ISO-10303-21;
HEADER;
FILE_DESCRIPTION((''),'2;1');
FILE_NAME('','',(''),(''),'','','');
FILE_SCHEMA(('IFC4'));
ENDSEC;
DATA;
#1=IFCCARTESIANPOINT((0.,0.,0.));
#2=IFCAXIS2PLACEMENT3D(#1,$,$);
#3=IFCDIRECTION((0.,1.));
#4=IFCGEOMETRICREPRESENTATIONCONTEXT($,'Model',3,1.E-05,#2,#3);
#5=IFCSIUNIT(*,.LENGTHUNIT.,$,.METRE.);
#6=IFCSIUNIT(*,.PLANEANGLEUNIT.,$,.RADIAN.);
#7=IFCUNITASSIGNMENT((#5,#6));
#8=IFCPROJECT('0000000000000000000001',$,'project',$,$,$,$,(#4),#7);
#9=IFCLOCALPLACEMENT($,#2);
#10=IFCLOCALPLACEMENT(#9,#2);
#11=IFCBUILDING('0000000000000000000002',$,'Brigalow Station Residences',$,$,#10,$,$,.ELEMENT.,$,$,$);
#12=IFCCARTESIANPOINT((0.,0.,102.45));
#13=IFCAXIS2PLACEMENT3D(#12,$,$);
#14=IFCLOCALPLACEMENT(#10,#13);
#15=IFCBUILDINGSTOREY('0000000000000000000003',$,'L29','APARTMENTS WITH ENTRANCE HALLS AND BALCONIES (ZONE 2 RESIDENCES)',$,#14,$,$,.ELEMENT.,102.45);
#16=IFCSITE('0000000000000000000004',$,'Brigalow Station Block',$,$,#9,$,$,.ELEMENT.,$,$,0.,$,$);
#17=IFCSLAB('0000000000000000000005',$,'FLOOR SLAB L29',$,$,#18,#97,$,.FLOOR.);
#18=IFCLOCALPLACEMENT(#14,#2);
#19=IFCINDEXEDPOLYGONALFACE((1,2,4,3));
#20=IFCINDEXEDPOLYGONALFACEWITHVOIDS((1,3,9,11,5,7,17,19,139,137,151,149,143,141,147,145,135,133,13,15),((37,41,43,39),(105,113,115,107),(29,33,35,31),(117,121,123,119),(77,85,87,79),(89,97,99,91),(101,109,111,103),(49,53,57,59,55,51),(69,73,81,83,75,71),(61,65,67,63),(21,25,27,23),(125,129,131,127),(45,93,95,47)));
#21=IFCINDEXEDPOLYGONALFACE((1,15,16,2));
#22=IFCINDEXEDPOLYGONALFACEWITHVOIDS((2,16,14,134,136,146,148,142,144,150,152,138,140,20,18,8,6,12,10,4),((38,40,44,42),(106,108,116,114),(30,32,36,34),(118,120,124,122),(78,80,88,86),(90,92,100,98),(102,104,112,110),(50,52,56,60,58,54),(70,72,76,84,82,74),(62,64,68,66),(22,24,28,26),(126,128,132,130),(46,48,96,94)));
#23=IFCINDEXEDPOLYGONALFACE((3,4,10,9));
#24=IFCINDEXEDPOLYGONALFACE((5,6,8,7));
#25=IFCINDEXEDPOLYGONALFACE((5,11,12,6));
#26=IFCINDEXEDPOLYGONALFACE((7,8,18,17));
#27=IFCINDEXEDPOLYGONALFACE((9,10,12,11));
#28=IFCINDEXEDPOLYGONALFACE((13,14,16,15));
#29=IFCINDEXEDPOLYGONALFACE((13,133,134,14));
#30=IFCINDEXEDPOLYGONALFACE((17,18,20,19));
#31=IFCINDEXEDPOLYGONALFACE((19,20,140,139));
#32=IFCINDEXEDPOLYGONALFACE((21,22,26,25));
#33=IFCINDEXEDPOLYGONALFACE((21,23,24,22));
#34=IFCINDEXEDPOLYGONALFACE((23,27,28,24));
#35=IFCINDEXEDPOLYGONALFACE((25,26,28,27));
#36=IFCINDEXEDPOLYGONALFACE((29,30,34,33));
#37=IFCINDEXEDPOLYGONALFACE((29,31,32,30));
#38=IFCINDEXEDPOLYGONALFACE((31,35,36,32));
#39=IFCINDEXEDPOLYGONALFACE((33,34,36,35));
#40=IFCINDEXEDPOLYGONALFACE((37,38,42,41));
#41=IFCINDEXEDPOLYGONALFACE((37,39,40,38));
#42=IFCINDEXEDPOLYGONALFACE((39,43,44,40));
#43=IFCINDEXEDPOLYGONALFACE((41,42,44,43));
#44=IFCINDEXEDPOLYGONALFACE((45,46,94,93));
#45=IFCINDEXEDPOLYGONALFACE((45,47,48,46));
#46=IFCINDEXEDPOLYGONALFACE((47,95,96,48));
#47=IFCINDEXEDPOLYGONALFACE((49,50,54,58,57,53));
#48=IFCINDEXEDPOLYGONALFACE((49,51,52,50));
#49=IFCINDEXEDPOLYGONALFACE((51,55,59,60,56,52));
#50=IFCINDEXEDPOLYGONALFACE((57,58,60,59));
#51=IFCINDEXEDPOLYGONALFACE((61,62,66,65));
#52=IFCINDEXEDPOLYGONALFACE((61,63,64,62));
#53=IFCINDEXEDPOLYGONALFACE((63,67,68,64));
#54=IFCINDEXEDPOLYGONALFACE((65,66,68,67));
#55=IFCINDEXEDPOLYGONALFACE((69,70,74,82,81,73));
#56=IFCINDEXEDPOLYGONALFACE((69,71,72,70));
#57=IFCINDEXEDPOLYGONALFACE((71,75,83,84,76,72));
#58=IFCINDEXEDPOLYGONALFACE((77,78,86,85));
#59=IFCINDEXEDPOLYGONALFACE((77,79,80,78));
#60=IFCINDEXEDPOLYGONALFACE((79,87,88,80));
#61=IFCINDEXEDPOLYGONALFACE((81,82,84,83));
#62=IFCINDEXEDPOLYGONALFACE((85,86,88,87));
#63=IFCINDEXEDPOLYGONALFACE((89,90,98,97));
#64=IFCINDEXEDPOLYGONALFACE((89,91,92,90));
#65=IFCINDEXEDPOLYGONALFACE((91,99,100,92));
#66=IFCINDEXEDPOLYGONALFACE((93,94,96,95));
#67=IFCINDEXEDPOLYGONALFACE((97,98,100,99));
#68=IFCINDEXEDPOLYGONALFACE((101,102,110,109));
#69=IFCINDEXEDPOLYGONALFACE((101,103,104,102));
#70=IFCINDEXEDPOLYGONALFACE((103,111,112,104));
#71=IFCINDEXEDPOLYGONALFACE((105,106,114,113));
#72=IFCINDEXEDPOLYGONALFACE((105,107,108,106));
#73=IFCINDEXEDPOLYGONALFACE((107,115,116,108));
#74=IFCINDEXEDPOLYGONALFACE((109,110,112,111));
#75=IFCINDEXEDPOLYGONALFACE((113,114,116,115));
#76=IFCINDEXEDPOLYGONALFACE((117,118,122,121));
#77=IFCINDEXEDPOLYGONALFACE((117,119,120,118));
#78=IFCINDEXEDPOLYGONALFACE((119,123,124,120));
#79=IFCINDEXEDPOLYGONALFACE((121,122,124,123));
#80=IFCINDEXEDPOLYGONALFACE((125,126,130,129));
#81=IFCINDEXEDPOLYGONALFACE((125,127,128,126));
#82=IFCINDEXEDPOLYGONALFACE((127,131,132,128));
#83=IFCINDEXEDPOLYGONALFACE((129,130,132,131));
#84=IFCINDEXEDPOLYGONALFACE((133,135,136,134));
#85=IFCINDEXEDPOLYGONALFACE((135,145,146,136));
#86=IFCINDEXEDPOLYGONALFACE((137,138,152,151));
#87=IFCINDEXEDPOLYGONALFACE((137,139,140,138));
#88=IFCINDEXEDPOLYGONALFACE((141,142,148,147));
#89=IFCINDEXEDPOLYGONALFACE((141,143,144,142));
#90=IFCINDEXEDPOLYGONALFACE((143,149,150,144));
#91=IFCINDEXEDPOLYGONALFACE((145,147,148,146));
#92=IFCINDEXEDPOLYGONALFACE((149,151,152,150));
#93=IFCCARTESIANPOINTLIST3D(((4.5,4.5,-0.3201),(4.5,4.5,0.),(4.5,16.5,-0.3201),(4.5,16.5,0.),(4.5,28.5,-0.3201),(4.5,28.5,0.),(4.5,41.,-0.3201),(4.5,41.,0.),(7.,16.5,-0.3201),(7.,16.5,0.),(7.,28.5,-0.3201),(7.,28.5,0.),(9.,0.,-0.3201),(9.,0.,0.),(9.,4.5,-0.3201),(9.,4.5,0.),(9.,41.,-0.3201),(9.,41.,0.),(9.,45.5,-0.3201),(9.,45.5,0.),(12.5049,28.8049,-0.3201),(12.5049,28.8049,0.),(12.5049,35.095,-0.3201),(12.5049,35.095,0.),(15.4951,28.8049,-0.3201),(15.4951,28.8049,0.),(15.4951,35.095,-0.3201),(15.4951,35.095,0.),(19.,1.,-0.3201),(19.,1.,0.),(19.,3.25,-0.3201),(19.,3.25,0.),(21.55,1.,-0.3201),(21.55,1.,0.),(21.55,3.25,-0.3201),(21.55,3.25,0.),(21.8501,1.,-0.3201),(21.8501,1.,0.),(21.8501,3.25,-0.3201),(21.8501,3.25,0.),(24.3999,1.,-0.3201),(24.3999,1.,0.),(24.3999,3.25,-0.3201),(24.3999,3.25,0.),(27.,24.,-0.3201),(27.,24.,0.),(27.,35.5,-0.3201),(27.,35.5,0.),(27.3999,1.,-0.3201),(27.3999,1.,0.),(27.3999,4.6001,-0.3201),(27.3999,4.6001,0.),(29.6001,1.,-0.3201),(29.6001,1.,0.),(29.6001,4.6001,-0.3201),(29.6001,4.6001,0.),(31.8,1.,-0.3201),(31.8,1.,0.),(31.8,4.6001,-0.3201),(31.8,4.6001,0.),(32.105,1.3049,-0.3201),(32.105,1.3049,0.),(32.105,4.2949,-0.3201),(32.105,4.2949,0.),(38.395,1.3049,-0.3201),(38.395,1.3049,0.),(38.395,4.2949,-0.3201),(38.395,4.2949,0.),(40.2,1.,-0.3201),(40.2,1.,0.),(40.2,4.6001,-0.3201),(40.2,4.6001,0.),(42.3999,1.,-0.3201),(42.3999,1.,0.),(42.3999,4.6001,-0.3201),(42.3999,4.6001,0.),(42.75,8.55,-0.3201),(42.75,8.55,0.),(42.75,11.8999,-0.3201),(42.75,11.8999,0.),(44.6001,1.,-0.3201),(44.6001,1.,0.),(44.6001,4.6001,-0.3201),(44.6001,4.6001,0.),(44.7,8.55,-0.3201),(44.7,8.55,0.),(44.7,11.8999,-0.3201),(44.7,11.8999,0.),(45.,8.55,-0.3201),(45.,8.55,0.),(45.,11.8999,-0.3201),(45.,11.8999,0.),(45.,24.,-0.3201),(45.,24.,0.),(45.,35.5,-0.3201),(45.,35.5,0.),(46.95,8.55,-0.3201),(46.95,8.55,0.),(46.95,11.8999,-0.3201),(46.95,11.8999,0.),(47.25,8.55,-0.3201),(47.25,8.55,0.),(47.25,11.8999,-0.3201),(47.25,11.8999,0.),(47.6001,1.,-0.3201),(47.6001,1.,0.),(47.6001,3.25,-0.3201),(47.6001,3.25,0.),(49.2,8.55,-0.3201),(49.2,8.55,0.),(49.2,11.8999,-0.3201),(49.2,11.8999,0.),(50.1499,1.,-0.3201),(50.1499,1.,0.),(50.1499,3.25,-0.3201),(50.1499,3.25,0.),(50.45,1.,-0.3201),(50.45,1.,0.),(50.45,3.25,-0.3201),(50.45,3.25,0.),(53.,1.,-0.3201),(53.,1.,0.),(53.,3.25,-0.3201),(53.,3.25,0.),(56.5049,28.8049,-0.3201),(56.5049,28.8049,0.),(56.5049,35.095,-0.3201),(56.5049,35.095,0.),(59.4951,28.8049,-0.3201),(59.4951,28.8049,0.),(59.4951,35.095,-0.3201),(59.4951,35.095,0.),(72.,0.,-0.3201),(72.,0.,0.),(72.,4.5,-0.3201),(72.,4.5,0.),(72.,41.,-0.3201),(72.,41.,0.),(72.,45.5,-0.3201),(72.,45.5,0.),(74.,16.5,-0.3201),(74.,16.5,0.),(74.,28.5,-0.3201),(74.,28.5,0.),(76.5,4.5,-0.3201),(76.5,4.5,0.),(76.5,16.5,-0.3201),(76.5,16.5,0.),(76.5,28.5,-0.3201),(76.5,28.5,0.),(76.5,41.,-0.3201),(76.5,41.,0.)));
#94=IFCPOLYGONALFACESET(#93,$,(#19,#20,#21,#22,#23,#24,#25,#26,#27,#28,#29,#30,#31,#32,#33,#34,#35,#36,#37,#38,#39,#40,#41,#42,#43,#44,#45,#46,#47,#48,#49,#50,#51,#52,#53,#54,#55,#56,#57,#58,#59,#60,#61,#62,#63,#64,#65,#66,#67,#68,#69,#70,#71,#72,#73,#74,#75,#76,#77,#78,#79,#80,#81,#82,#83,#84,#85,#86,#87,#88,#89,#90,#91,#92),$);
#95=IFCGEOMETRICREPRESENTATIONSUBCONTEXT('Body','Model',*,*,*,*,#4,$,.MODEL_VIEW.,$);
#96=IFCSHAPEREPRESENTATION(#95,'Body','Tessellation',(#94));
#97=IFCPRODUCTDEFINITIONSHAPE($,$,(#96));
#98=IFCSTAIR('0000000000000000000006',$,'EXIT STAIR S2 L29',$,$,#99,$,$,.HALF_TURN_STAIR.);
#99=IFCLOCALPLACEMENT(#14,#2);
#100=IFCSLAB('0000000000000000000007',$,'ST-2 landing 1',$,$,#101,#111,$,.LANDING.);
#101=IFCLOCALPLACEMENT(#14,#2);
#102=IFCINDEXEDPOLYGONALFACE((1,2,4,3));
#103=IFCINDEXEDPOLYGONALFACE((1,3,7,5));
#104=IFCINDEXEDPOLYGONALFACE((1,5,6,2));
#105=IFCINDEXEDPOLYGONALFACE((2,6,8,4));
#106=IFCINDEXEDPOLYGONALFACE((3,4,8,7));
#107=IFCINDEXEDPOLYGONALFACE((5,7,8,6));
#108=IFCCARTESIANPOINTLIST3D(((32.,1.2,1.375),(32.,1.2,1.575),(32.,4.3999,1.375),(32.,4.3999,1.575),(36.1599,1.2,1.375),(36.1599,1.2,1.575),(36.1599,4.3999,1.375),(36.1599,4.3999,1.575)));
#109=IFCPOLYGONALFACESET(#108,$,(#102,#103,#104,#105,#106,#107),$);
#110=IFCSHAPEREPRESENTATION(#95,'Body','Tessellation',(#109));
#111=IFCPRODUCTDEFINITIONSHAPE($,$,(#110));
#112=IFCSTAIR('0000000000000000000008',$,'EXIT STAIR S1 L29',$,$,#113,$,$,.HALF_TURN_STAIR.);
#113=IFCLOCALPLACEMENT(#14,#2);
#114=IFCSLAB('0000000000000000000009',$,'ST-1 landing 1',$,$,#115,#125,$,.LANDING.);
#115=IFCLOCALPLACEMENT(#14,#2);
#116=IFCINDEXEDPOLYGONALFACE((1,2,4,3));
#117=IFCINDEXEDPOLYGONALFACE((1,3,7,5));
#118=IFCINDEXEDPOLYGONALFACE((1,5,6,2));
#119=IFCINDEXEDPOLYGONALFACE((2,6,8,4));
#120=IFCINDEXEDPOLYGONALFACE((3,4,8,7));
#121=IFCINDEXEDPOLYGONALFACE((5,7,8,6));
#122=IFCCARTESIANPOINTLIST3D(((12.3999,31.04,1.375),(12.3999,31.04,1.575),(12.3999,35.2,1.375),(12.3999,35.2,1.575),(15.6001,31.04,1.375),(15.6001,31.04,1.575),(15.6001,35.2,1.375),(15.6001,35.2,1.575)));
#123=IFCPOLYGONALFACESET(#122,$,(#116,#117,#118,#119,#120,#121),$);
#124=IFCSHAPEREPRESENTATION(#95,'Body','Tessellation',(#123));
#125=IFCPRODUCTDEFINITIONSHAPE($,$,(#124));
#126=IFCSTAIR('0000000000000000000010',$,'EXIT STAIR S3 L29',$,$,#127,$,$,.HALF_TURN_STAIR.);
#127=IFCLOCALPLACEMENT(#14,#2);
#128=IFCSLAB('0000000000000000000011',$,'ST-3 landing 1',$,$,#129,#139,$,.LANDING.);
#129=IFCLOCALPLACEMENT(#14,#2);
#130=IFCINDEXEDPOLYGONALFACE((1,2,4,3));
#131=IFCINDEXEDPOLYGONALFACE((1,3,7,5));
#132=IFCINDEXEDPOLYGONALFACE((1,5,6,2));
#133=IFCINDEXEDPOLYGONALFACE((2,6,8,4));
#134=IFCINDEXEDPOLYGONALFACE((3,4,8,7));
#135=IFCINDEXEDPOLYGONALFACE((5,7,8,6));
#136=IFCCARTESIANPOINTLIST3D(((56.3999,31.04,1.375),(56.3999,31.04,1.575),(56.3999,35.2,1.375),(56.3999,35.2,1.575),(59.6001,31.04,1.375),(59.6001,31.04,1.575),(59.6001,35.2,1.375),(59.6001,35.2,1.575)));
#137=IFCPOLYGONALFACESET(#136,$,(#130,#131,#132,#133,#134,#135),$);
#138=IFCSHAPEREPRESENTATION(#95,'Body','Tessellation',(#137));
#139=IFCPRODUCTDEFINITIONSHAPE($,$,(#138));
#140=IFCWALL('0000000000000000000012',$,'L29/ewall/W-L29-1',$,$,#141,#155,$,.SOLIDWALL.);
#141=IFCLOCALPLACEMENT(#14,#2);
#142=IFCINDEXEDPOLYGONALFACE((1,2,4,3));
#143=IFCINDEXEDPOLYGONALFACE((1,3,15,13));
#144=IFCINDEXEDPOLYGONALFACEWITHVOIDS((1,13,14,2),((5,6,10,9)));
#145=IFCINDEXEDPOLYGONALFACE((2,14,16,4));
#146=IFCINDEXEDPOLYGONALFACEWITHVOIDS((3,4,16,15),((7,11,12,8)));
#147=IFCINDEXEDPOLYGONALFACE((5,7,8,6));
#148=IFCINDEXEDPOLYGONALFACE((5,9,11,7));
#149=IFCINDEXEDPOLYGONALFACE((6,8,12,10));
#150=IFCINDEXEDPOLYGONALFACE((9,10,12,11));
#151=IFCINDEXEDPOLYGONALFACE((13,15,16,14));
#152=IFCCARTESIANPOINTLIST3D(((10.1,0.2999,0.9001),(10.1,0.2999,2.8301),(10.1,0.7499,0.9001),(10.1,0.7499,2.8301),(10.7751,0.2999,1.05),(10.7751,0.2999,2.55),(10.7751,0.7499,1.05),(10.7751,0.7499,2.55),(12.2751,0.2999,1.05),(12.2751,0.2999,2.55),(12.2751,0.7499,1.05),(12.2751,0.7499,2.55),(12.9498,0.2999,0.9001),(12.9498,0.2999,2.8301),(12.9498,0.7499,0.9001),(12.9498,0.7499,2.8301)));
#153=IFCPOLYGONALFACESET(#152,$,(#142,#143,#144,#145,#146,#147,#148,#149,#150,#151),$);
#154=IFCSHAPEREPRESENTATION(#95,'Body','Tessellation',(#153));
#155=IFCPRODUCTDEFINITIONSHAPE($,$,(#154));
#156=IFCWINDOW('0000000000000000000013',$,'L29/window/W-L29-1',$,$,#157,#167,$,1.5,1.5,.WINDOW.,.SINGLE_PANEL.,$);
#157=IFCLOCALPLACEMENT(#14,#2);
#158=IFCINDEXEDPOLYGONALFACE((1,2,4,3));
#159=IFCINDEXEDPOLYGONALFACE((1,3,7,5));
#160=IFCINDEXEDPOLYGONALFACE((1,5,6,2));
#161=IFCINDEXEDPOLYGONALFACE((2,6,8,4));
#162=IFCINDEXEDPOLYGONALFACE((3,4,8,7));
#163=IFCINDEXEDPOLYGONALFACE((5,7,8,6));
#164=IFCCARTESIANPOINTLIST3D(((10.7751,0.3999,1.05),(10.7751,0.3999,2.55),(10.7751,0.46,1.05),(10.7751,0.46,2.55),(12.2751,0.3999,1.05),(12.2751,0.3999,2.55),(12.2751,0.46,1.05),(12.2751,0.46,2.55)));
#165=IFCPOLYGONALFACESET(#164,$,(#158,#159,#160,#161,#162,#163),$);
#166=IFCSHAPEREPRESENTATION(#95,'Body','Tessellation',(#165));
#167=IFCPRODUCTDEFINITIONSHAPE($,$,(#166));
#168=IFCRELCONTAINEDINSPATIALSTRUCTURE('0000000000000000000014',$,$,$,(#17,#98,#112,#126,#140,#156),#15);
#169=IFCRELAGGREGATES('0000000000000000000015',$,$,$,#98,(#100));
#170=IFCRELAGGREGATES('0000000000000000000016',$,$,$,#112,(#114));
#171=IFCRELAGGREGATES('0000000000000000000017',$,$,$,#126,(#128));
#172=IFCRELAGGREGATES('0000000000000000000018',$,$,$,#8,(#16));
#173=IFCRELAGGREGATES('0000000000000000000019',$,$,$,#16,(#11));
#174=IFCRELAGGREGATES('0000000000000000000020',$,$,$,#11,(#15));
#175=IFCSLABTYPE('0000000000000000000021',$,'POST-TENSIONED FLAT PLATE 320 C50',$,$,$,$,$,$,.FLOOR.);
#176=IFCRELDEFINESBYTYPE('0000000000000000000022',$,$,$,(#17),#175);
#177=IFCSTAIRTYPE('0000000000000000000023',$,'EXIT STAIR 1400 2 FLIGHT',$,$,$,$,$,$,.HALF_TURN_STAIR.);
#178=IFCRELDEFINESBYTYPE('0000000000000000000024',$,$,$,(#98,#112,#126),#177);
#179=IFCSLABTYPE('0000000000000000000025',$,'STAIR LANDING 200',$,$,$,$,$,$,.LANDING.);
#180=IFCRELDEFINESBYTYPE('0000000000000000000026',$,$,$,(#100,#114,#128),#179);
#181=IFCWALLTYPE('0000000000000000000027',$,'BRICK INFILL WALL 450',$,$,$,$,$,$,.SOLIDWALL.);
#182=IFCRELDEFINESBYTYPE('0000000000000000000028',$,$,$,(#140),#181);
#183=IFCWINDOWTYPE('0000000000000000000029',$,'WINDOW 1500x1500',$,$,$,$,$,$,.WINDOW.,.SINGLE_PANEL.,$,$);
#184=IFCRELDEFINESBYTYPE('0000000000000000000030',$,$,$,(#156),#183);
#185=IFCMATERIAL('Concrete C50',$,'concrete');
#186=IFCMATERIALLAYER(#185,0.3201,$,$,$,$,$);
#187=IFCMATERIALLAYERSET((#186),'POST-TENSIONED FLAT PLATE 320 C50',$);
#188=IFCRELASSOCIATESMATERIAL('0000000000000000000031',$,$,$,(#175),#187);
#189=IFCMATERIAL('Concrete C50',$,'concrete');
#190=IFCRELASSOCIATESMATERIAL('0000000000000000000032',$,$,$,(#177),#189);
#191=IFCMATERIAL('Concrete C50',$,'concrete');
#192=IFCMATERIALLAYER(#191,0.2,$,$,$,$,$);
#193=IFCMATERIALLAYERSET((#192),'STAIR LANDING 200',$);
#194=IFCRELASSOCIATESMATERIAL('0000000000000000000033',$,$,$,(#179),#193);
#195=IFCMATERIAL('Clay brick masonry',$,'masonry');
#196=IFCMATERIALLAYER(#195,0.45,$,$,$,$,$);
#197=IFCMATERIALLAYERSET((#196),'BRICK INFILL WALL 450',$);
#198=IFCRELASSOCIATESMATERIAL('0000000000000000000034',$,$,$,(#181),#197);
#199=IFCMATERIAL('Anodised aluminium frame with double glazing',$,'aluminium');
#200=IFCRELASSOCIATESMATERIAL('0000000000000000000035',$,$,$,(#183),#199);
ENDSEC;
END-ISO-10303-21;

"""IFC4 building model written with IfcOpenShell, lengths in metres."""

from ifc_helpers import new_model, si_unit, direction, frame, frame_2d, origin, place, context, subcontext, project, spatial, polyline, rectangle, outline, extrude, material, layer, layer_set, type_object, element, fill, aggregate, save


model = new_model("IFC4")

# Units and contexts
model_context = context("Model", 3, precision=1e-05, world=origin(), true_north=direction((0.0, 1.0)))
body_context = subcontext(model_context, "Body", "Model", "MODEL_VIEW")
ifc_project = project(units=[si_unit("LENGTHUNIT", "METRE"), si_unit("PLANEANGLEUNIT", "RADIAN")], contexts=[model_context])

# Site, building, storey
site_placement = place(None, origin())
site = spatial("IfcSite", under=ifc_project, at=site_placement, Name="Brigalow Station Block", CompositionType="ELEMENT", RefElevation=0.0)
building_placement = place(site_placement, origin())
building = spatial("IfcBuilding", under=site, at=building_placement, Name="Brigalow Station Residences", CompositionType="ELEMENT")
storey_placement = place(building_placement, frame((0.0, 0.0, 102.45)))
storey = spatial("IfcBuildingStorey", under=building, at=storey_placement, Name="L29", Description="APARTMENTS WITH ENTRANCE HALLS AND BALCONIES (ZONE 2 RESIDENCES)", CompositionType="ELEMENT", Elevation=102.45)

# Slab
ifc_material_1 = material(Name="Concrete C50", Category="concrete")
ifc_layer_1 = layer(ifc_material_1, 0.3201)
ifc_layer_set_1 = layer_set([ifc_layer_1], Name="POST-TENSIONED FLAT PLATE 320 C50")
slab_type_1 = type_object("IfcSlabType", Name="POST-TENSIONED FLAT PLATE 320 C50", PredefinedType="FLOOR", material=ifc_layer_set_1)
slab_1_placement = place(storey_placement, frame((0.0, 0.0, -0.3201)))
element("IfcSlab", 1, at=slab_1_placement, inside=storey, type_object=slab_type_1, Name="FLOOR SLAB L29", PredefinedType="FLOOR", context=body_context, shape_type="SweptSolid", body=[
    extrude(outline(polyline([(9.0, 0.0), (72.0, 0.0), (72.0, 4.5), (76.5, 4.5), (76.5, 16.5), (74.0, 16.5), (74.0, 28.5), (76.5, 28.5), (76.5, 41.0), (72.0, 41.0), (72.0, 45.5), (9.0, 45.5), (9.0, 41.0), (4.5, 41.0), (4.5, 28.5), (7.0, 28.5), (7.0, 16.5), (4.5, 16.5), (4.5, 4.5), (9.0, 4.5), (9.0, 0.0)]), holes=[polyline([(12.5049, 35.095), (15.4951, 35.095), (15.4951, 28.8049), (12.5049, 28.8049), (12.5049, 35.095)]), polyline([(19.0, 1.0), (19.0, 3.25), (21.55, 3.25), (21.55, 1.0), (19.0, 1.0)]), polyline([(21.8501, 3.25), (24.3999, 3.25), (24.3999, 1.0), (21.8501, 1.0), (21.8501, 3.25)]), polyline([(27.0, 35.5), (45.0, 35.5), (45.0, 24.0), (27.0, 24.0), (27.0, 35.5)]), polyline([(29.6001, 4.6001), (31.8, 4.6001), (31.8, 1.0), (29.6001, 1.0), (27.3999, 1.0), (27.3999, 4.6001), (29.6001, 4.6001)]), polyline([(32.105, 4.2949), (38.395, 4.2949), (38.395, 1.3049), (32.105, 1.3049), (32.105, 4.2949)]), polyline([(40.2, 4.6001), (42.3999, 4.6001), (44.6001, 4.6001), (44.6001, 1.0), (42.3999, 1.0), (40.2, 1.0), (40.2, 4.6001)]), polyline([(42.75, 11.8999), (44.7, 11.8999), (44.7, 8.55), (42.75, 8.55), (42.75, 11.8999)]), polyline([(45.0, 11.8999), (46.95, 11.8999), (46.95, 8.55), (45.0, 8.55), (45.0, 11.8999)]), polyline([(47.25, 11.8999), (49.2, 11.8999), (49.2, 8.55), (47.25, 8.55), (47.25, 11.8999)]), polyline([(47.6001, 3.25), (50.1499, 3.25), (50.1499, 1.0), (47.6001, 1.0), (47.6001, 3.25)]), polyline([(50.45, 3.25), (53.0, 3.25), (53.0, 1.0), (50.45, 1.0), (50.45, 3.25)]), polyline([(56.5049, 35.095), (59.4951, 35.095), (59.4951, 28.8049), (56.5049, 28.8049), (56.5049, 35.095)])]), origin(), (0.0, 0.0, 1.0), 0.3201),
])

# Stairs, slabs
ifc_material_2 = material(Name="Concrete C50", Category="concrete")
stair_type = type_object("IfcStairType", Name="EXIT STAIR 1400 2 FLIGHT", PredefinedType="HALF_TURN_STAIR", material=ifc_material_2)
stair_1_placement = place(storey_placement, origin())
stair_1 = element("IfcStair", 2, at=stair_1_placement, inside=storey, type_object=stair_type, Name="EXIT STAIR S2 L29", PredefinedType="HALF_TURN_STAIR")
ifc_material_3 = material(Name="Concrete C50", Category="concrete")
ifc_layer_2 = layer(ifc_material_3, 0.2)
ifc_layer_set_2 = layer_set([ifc_layer_2], Name="STAIR LANDING 200")
slab_type_2 = type_object("IfcSlabType", Name="STAIR LANDING 200", PredefinedType="LANDING", material=ifc_layer_set_2)
slab_2_placement = place(storey_placement, frame((0.0, 0.0, 1.375)))
slab_2 = element("IfcSlab", 3, at=slab_2_placement, type_object=slab_type_2, Name="ST-2 landing 1", PredefinedType="LANDING", context=body_context, shape_type="SweptSolid", body=[
    extrude(outline(polyline([(32.0, 1.2), (36.1599, 1.2), (36.1599, 4.3999), (32.0, 4.3999), (32.0, 1.2)])), origin(), (0.0, 0.0, 1.0), 0.2),
])
aggregate(stair_1, [slab_2])
stair_2_placement = place(storey_placement, origin())
stair_2 = element("IfcStair", 4, at=stair_2_placement, inside=storey, type_object=stair_type, Name="EXIT STAIR S1 L29", PredefinedType="HALF_TURN_STAIR")
slab_3_placement = place(storey_placement, frame((0.0, 0.0, 1.375)))
slab_3 = element("IfcSlab", 5, at=slab_3_placement, type_object=slab_type_2, Name="ST-1 landing 1", PredefinedType="LANDING", context=body_context, shape_type="SweptSolid", body=[
    extrude(outline(polyline([(12.3999, 31.04), (15.6001, 31.04), (15.6001, 35.2), (12.3999, 35.2), (12.3999, 31.04)])), origin(), (0.0, 0.0, 1.0), 0.2),
])
aggregate(stair_2, [slab_3])
stair_3_placement = place(storey_placement, origin())
stair_3 = element("IfcStair", 6, at=stair_3_placement, inside=storey, type_object=stair_type, Name="EXIT STAIR S3 L29", PredefinedType="HALF_TURN_STAIR")
slab_4_placement = place(storey_placement, frame((0.0, 0.0, 1.375)))
slab_4 = element("IfcSlab", 7, at=slab_4_placement, type_object=slab_type_2, Name="ST-3 landing 1", PredefinedType="LANDING", context=body_context, shape_type="SweptSolid", body=[
    extrude(outline(polyline([(56.3999, 31.04), (59.6001, 31.04), (59.6001, 35.2), (56.3999, 35.2), (56.3999, 31.04)])), origin(), (0.0, 0.0, 1.0), 0.2),
])
aggregate(stair_3, [slab_4])

# Wall, opening, window
ifc_material_4 = material(Name="Clay brick masonry", Category="masonry")
ifc_layer_3 = layer(ifc_material_4, 0.45)
ifc_layer_set_3 = layer_set([ifc_layer_3], Name="BRICK INFILL WALL 450")
wall_type_1 = type_object("IfcWallType", Name="BRICK INFILL WALL 450", PredefinedType="SOLIDWALL", material=ifc_layer_set_3)
wall_1_placement = place(storey_placement, frame((10.1001, 0.5249, 0.9001), z_axis=(0.0, 0.0, 1.0), x_axis=(1.0, 0.0, 0.0)))
wall_1 = element("IfcWall", 8, at=wall_1_placement, inside=storey, type_object=wall_type_1, Name="L29/ewall/W-L29-1", PredefinedType="SOLIDWALL", context=body_context, shape_type="SweptSolid", body=[
    extrude(rectangle(XDim=2.8499, YDim=0.45, at=frame_2d((1.4248, 0.0))), origin(), (0.0, 0.0, 1.0), 1.9299),
])
opening_1_placement = place(wall_1_placement, frame((0.675, 0.0, 0.1499)))
opening_1 = element("IfcOpeningElement", 9, at=opening_1_placement, cuts=wall_1, PredefinedType="OPENING", context=body_context, shape_type="SweptSolid", body=[
    extrude(rectangle(XDim=1.5, YDim=1.5, at=frame_2d((0.75, 0.75))), frame((0.0, 0.2349, 0.0), z_axis=(0.0, -1.0, 0.0), x_axis=(1.0, 0.0, 0.0)), (0.0, 0.0, 1.0), 0.47),
])
ifc_material_5 = material(Name="Anodised aluminium frame with double glazing", Category="aluminium")
window_type_1 = type_object("IfcWindowType", Name="WINDOW 1500x1500", PartitioningType="SINGLE_PANEL", PredefinedType="WINDOW", material=ifc_material_5)
window_1_placement = place(opening_1_placement, origin())
window_1 = element("IfcWindow", 10, at=window_1_placement, inside=storey, type_object=window_type_1, Name="L29/window/W-L29-1", OverallHeight=1.5, OverallWidth=1.5, PartitioningType="SINGLE_PANEL", PredefinedType="WINDOW", context=body_context, shape_type="SweptSolid", body=[
    extrude(rectangle(XDim=1.5, YDim=1.5, at=frame_2d((0.75, 0.75))), frame((0.0, -0.0649, 0.0), z_axis=(0.0, -1.0, 0.0), x_axis=(1.0, 0.0, 0.0)), (0.0, 0.0, 1.0), 0.0601),
])
fill(opening_1, window_1)

save(model, "model.ifc")
